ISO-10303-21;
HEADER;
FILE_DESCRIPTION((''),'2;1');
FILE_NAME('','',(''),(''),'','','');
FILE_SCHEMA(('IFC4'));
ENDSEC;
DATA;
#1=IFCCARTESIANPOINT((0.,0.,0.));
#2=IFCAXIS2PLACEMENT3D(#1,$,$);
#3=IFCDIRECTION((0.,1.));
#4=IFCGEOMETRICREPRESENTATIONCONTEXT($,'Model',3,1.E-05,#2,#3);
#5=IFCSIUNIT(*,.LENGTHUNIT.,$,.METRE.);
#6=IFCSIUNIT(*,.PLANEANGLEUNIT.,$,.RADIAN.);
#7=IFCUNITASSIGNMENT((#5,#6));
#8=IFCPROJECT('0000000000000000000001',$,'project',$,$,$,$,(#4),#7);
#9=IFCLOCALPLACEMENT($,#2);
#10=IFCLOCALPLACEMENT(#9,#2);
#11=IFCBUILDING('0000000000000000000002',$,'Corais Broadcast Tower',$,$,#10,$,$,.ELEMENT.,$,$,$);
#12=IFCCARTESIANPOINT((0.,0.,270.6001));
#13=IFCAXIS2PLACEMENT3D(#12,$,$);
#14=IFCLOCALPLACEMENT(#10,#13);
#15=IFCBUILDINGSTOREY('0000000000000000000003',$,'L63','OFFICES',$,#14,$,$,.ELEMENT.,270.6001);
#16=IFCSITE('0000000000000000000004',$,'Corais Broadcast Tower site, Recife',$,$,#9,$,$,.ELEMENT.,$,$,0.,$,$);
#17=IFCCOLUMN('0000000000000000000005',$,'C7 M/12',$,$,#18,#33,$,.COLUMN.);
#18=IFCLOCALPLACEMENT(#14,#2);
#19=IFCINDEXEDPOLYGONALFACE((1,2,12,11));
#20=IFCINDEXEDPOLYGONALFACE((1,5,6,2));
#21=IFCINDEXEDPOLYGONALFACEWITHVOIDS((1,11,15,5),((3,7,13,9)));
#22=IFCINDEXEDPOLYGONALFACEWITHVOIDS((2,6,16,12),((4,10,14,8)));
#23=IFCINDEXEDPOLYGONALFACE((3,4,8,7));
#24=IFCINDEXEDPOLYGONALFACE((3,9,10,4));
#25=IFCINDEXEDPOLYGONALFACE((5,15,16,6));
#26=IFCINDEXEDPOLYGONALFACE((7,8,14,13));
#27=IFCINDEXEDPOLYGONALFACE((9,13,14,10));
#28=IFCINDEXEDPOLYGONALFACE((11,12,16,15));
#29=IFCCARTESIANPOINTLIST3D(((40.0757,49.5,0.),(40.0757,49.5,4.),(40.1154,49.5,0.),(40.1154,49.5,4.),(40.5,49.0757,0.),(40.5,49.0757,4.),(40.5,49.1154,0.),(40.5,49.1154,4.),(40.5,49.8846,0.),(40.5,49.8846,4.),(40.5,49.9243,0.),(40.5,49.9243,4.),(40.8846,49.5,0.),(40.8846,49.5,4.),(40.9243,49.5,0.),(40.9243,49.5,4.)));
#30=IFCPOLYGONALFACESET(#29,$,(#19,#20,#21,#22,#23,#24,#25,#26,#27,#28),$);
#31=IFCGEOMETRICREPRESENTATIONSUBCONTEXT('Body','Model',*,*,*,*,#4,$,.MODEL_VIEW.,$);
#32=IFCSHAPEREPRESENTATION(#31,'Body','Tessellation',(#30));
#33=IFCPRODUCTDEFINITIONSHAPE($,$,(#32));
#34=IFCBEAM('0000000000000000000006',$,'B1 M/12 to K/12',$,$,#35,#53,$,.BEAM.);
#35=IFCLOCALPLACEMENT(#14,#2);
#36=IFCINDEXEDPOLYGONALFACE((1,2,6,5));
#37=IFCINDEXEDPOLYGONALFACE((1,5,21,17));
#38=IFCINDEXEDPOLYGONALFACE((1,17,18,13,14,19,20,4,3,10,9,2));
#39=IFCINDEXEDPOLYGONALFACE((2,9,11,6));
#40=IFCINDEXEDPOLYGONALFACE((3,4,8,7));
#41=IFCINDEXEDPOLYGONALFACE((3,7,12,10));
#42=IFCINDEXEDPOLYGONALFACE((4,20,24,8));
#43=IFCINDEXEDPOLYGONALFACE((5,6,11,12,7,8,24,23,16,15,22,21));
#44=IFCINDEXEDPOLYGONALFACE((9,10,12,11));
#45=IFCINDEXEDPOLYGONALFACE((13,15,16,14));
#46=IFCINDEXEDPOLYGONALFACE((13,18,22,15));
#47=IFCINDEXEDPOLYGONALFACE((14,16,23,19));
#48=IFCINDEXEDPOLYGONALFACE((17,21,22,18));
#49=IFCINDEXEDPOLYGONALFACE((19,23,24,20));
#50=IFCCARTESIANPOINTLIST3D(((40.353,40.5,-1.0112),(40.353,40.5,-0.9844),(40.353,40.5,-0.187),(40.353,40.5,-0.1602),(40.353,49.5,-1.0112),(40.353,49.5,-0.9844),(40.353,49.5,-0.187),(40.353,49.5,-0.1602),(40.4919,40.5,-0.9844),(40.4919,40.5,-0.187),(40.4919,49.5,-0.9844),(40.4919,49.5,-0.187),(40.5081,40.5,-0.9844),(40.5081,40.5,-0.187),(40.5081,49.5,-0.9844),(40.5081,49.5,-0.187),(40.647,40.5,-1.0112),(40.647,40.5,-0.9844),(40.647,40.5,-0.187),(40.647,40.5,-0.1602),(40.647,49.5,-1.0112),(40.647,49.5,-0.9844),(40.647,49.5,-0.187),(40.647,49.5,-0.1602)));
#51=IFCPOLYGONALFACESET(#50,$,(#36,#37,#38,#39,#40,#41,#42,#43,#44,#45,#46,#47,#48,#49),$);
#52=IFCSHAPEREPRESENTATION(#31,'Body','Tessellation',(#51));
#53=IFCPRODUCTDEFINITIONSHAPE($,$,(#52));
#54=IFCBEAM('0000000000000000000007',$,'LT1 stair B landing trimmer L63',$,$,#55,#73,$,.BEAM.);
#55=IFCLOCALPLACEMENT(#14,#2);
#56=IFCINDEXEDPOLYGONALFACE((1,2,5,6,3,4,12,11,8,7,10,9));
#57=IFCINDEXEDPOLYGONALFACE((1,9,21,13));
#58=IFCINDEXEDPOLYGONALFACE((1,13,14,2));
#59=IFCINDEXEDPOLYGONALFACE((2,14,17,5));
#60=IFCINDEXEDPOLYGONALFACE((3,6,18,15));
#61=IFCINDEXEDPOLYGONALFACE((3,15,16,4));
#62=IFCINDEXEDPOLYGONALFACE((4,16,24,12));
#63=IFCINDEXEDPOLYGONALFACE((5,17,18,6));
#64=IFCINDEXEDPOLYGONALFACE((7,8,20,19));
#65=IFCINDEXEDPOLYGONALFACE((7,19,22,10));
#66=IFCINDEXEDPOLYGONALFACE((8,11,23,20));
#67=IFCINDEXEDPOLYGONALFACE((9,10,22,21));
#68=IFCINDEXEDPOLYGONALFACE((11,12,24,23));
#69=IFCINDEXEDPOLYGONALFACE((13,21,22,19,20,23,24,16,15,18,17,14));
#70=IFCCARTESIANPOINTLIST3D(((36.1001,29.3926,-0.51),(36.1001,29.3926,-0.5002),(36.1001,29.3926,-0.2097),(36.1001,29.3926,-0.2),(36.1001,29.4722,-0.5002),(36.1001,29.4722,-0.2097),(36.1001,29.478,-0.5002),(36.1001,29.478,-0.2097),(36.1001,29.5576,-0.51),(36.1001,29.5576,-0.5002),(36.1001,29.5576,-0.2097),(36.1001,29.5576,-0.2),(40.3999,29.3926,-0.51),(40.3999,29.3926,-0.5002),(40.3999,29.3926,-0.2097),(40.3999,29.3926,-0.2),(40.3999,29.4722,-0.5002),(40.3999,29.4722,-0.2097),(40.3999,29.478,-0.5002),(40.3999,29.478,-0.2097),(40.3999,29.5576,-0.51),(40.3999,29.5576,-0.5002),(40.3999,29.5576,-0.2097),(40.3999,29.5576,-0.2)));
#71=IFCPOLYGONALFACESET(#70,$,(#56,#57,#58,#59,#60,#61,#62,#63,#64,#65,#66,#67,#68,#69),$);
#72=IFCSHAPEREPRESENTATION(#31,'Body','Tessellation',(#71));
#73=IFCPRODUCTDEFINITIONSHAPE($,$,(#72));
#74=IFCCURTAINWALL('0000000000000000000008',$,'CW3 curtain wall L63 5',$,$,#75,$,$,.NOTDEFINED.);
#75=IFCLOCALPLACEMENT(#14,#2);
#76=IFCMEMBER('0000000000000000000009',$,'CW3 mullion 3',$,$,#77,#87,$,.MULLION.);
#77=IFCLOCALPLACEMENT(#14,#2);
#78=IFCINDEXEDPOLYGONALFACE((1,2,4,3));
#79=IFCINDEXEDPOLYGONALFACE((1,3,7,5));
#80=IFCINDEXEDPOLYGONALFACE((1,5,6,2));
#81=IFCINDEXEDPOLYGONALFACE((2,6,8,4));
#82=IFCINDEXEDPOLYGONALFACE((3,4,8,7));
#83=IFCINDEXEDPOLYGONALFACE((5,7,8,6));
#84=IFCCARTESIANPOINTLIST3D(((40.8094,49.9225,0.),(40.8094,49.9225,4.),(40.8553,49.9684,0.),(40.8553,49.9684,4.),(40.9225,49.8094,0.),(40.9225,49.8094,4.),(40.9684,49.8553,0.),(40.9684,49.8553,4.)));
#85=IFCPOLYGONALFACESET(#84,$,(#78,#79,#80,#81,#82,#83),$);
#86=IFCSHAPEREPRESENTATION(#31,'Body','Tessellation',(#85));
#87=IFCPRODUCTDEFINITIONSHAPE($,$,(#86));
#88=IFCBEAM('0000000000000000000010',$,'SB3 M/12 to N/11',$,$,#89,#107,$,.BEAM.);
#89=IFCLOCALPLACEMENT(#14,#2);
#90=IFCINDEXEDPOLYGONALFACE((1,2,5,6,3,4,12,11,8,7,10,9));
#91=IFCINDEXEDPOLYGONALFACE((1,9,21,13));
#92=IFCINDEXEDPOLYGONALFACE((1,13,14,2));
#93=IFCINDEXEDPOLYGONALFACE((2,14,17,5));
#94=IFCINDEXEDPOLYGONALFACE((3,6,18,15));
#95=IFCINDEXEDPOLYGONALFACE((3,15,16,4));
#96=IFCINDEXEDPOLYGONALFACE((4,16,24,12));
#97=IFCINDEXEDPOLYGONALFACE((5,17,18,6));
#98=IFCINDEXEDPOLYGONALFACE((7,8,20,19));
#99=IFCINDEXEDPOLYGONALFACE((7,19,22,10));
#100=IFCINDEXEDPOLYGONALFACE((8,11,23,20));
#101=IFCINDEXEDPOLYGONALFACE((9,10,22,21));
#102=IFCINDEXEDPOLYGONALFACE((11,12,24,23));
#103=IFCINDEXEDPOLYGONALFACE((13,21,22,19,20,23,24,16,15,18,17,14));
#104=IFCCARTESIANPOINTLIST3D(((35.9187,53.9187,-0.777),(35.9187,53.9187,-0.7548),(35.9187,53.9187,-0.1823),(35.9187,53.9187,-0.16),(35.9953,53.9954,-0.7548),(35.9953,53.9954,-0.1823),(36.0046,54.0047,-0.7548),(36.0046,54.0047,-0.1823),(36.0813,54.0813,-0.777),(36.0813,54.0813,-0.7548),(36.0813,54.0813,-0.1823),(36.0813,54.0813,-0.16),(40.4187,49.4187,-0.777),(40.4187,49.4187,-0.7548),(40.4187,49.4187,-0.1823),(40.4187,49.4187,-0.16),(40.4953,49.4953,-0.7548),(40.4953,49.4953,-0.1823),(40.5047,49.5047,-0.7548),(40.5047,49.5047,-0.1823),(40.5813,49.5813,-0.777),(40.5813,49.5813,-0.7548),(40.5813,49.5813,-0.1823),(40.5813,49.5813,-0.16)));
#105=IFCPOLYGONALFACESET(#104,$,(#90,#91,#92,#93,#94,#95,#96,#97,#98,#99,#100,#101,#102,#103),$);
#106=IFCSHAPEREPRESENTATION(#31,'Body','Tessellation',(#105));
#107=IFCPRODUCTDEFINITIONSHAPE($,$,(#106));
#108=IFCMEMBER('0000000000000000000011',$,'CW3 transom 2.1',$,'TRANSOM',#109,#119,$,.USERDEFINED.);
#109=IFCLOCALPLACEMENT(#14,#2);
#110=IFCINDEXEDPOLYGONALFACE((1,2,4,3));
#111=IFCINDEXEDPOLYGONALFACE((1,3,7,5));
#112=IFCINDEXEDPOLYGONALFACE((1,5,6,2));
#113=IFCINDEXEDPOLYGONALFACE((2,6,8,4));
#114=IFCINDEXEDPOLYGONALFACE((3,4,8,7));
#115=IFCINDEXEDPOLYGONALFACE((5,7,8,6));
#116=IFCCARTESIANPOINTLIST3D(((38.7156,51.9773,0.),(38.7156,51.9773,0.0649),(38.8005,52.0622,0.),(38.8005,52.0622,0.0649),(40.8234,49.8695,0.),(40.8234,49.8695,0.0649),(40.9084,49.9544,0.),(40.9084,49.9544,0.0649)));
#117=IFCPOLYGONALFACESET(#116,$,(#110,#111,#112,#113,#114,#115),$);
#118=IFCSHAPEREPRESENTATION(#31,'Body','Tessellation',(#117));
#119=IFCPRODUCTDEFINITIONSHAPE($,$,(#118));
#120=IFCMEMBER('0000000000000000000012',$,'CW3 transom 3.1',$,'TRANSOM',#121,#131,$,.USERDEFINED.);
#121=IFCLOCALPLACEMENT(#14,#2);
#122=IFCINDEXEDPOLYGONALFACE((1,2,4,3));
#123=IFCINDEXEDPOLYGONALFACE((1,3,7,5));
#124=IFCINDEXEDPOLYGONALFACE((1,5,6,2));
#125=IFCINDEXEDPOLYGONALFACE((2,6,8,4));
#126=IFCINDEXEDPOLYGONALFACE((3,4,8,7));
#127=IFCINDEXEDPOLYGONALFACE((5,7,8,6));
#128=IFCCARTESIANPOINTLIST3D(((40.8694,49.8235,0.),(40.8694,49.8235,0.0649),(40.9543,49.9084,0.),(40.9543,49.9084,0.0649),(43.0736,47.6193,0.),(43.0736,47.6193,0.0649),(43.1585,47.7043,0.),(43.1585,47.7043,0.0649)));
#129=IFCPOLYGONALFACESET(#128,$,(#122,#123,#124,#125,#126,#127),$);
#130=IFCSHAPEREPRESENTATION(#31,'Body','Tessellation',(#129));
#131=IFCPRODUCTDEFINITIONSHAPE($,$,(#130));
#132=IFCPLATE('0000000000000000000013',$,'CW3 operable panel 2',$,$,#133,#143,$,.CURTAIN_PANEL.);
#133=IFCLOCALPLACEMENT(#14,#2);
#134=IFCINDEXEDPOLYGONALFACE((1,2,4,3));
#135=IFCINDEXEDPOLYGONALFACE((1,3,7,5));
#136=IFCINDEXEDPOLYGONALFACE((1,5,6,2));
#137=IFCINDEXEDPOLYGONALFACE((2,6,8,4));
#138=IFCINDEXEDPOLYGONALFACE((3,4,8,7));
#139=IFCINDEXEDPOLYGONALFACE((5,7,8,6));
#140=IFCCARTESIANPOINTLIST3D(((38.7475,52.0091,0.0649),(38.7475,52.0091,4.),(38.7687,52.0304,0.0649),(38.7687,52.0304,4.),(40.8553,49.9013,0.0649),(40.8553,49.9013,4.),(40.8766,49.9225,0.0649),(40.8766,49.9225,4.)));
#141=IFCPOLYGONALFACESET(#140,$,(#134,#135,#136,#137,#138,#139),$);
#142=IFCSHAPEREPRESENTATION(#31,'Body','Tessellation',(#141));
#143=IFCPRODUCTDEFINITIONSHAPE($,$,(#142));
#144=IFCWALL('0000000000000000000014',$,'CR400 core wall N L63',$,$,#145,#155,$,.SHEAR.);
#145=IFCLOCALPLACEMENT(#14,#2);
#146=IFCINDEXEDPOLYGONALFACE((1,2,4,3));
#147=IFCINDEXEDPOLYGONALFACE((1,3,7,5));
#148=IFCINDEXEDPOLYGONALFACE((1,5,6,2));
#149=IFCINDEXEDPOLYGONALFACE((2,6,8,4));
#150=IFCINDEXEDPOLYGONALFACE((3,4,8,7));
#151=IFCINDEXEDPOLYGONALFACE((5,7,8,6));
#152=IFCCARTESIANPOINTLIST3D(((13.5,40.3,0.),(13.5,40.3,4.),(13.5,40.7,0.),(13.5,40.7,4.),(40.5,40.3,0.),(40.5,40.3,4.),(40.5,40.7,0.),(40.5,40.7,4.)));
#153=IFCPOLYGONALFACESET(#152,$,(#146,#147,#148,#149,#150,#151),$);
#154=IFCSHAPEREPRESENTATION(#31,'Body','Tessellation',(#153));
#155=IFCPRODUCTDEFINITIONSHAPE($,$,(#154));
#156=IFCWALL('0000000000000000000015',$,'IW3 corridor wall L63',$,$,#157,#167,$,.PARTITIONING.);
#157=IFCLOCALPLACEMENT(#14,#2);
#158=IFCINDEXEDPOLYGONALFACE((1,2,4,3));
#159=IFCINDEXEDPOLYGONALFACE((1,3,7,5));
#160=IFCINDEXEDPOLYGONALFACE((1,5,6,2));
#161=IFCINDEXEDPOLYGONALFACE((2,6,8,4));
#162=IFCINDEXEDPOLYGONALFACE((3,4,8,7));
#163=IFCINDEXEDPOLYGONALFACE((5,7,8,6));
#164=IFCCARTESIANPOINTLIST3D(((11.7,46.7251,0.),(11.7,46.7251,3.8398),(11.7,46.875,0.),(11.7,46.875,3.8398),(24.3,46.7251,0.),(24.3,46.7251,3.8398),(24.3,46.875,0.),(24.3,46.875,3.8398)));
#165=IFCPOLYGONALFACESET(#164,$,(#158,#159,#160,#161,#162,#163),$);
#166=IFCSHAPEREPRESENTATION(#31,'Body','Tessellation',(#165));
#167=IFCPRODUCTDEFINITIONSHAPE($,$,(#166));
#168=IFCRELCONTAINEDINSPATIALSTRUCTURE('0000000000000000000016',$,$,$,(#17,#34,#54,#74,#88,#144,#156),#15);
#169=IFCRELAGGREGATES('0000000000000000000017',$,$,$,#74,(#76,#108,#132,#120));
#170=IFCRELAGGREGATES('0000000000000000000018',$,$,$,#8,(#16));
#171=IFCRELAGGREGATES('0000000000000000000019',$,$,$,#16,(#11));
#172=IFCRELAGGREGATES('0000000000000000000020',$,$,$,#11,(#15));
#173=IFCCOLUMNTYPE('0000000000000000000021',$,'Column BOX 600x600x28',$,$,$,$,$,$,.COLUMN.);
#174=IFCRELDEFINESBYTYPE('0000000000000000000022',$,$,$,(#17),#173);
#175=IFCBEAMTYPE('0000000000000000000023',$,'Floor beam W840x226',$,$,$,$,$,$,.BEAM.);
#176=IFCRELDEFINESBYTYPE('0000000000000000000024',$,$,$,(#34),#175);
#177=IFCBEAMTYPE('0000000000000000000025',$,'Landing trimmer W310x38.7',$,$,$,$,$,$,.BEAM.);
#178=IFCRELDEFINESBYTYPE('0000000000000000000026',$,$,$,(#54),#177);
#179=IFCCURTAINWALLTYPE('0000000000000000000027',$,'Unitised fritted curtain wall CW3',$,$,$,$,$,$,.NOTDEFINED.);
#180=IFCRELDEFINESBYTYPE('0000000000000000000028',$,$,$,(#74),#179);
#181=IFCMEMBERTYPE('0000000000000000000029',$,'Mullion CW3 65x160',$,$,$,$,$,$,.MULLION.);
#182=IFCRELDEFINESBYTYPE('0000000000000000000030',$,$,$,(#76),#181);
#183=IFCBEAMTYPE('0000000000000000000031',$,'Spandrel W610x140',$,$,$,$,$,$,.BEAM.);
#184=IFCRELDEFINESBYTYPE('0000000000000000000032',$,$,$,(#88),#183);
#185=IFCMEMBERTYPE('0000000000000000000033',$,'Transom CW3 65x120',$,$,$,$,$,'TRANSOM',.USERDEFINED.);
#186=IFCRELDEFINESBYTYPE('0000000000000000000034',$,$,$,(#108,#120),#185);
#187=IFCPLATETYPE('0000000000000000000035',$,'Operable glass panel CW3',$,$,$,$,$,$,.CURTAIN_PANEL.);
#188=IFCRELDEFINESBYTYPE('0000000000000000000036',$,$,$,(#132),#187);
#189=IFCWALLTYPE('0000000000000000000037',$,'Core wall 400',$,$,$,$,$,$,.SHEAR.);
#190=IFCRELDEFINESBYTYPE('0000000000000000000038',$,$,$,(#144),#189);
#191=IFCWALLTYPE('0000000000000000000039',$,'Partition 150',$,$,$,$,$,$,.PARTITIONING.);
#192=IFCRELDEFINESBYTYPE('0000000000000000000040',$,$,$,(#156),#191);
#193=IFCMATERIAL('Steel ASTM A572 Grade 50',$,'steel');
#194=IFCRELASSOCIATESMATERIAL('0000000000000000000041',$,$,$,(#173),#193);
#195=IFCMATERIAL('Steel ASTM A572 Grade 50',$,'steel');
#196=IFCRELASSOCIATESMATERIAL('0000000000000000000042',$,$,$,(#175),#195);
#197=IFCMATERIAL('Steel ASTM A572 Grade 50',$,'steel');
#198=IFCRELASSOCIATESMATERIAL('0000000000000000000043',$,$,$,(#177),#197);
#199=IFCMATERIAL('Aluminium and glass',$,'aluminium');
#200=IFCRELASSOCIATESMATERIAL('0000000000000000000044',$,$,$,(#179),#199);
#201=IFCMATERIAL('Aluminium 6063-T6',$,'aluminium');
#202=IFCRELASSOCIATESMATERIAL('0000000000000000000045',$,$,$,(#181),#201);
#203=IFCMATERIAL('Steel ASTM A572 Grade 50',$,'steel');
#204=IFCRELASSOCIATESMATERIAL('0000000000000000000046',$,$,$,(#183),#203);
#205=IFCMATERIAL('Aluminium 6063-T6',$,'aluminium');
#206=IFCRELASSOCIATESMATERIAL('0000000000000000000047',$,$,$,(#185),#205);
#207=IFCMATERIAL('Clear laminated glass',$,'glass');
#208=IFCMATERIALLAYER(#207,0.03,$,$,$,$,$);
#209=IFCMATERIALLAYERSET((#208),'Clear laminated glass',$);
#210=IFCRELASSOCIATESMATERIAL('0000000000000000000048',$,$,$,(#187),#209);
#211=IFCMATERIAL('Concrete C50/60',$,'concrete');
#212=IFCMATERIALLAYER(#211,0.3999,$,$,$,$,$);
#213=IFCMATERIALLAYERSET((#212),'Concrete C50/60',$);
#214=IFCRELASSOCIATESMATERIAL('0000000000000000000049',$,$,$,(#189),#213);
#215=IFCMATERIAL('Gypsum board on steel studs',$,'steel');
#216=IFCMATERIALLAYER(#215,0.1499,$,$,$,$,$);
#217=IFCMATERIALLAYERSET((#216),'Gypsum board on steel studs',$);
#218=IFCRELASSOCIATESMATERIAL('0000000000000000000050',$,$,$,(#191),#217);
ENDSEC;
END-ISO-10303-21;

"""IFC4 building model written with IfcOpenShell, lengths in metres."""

from ifc_helpers import new_model, si_unit, direction, frame, frame_2d, origin, origin_2d, place, context, subcontext, project, spatial, rectangle, hollow_rectangle, i_section, extrude, material, layer, layer_set, material_profile, profile_set, type_object, element, aggregate, save


model = new_model("IFC4")

# Units and contexts
model_context = context("Model", 3, precision=1e-05, world=origin(), true_north=direction((0.0, 1.0)))
body_context = subcontext(model_context, "Body", "Model", "MODEL_VIEW")
ifc_project = project(units=[si_unit("LENGTHUNIT", "METRE"), si_unit("PLANEANGLEUNIT", "RADIAN")], contexts=[model_context])

# Site, building, storey
site_placement = place(None, origin())
site = spatial("IfcSite", under=ifc_project, at=site_placement, Name="Corais Broadcast Tower site, Recife", CompositionType="ELEMENT", RefElevation=0.0)
building_placement = place(site_placement, origin())
building = spatial("IfcBuilding", under=site, at=building_placement, Name="Corais Broadcast Tower", CompositionType="ELEMENT")
storey_placement = place(building_placement, frame((0.0, 0.0, 270.6001)))
storey = spatial("IfcBuildingStorey", under=building, at=storey_placement, Name="L63", Description="OFFICES", CompositionType="ELEMENT", Elevation=270.6001)

# Column
ifc_material_1 = material(Name="Steel ASTM A572 Grade 50", Category="steel")
ifc_material_profile_1 = material_profile(ifc_material_1, hollow_rectangle(XDim=0.6001, YDim=0.6001, WallThickness=0.0281, at=origin_2d()), Name="BOX 600x600x28")
ifc_profile_set_1 = profile_set([ifc_material_profile_1], Name="Steel ASTM A572 Grade 50")
column_type = type_object("IfcColumnType", Name="Column BOX 600x600x28", PredefinedType="COLUMN", material=ifc_profile_set_1)
column_placement = place(storey_placement, frame((40.5, 49.5, 0.0), z_axis=(0.0, 0.0, 1.0), x_axis=(0.707107, 0.707107, 0.0)))
element("IfcColumn", 1, at=column_placement, inside=storey, type_object=column_type, Name="C7 M/12", PredefinedType="COLUMN", context=body_context, shape_type="SweptSolid", body=[
    extrude(hollow_rectangle(XDim=0.6001, YDim=0.6001, WallThickness=0.0281, at=origin_2d()), origin(), (0.0, 0.0, 1.0), 4.0),
])

# Beams
ifc_material_2 = material(Name="Steel ASTM A572 Grade 50", Category="steel")
ifc_material_profile_2 = material_profile(ifc_material_2, i_section(OverallWidth=0.2939, OverallDepth=0.8511, WebThickness=0.0161, FlangeThickness=0.0269, at=origin_2d()), Name="W840x226")
ifc_profile_set_2 = profile_set([ifc_material_profile_2], Name="Steel ASTM A572 Grade 50")
beam_type_1 = type_object("IfcBeamType", Name="Floor beam W840x226", PredefinedType="BEAM", material=ifc_profile_set_2)
beam_1_placement = place(storey_placement, frame((40.5, 49.5, -0.5857), z_axis=(0.0, -1.0, 0.0), x_axis=(1.0, 0.0, 0.0)))
element("IfcBeam", 2, at=beam_1_placement, inside=storey, type_object=beam_type_1, Name="B1 M/12 to K/12", PredefinedType="BEAM", context=body_context, shape_type="SweptSolid", body=[
    extrude(i_section(OverallWidth=0.2939, OverallDepth=0.8511, WebThickness=0.0161, FlangeThickness=0.0269, at=origin_2d()), origin(), (0.0, 0.0, 1.0), 9.0),
])
ifc_material_3 = material(Name="Steel ASTM A572 Grade 50", Category="steel")
ifc_material_profile_3 = material_profile(ifc_material_3, i_section(OverallWidth=0.165, OverallDepth=0.3101, WebThickness=0.0059, FlangeThickness=0.0098, at=origin_2d()), Name="W310x38.7")
ifc_profile_set_3 = profile_set([ifc_material_profile_3], Name="Steel ASTM A572 Grade 50")
beam_type_2 = type_object("IfcBeamType", Name="Landing trimmer W310x38.7", PredefinedType="BEAM", material=ifc_profile_set_3)
beam_2_placement = place(storey_placement, frame((36.1001, 29.4751, -0.355), z_axis=(1.0, 0.0, 0.0), x_axis=(0.0, 1.0, 0.0)))
element("IfcBeam", 3, at=beam_2_placement, inside=storey, type_object=beam_type_2, Name="LT1 stair B landing trimmer L63", PredefinedType="BEAM", context=body_context, shape_type="SweptSolid", body=[
    extrude(i_section(OverallWidth=0.165, OverallDepth=0.3101, WebThickness=0.0059, FlangeThickness=0.0098, at=origin_2d()), origin(), (0.0, 0.0, 1.0), 4.2998),
])

# Curtain wall, member
ifc_material_4 = material(Name="Aluminium and glass", Category="aluminium")
curtain_wall_type = type_object("IfcCurtainWallType", Name="Unitised fritted curtain wall CW3", PredefinedType="NOTDEFINED", material=ifc_material_4)
curtain_wall_placement = place(storey_placement, origin())
curtain_wall = element("IfcCurtainWall", 4, at=curtain_wall_placement, inside=storey, type_object=curtain_wall_type, Name="CW3 curtain wall L63 5", PredefinedType="NOTDEFINED")
ifc_material_5 = material(Name="Aluminium 6063-T6", Category="aluminium")
ifc_material_profile_4 = material_profile(ifc_material_5, rectangle(XDim=0.0649, YDim=0.1599, at=origin_2d()), Name="Mullion CW3 65x160")
ifc_profile_set_4 = profile_set([ifc_material_profile_4], Name="Aluminium 6063-T6")
member_type_1 = type_object("IfcMemberType", Name="Mullion CW3 65x160", PredefinedType="MULLION", material=ifc_profile_set_4)
member_1_placement = place(storey_placement, frame((40.8889, 49.8889, 0.0), z_axis=(0.0, 0.0, 1.0), x_axis=(0.707107, 0.707107, 0.0)))
member_1 = element("IfcMember", 5, at=member_1_placement, type_object=member_type_1, Name="CW3 mullion 3", PredefinedType="MULLION", context=body_context, shape_type="SweptSolid", body=[
    extrude(rectangle(XDim=0.0649, YDim=0.1599, at=origin_2d()), origin(), (0.0, 0.0, 1.0), 4.0),
])

# Beam
ifc_material_6 = material(Name="Steel ASTM A572 Grade 50", Category="steel")
ifc_material_profile_5 = material_profile(ifc_material_6, i_section(OverallWidth=0.23, OverallDepth=0.6169, WebThickness=0.0132, FlangeThickness=0.0222, at=origin_2d()), Name="W610x140")
ifc_profile_set_5 = profile_set([ifc_material_profile_5], Name="Steel ASTM A572 Grade 50")
beam_type_3 = type_object("IfcBeamType", Name="Spandrel W610x140", PredefinedType="BEAM", material=ifc_profile_set_5)
beam_3_placement = place(storey_placement, frame((40.5, 49.5, -0.4685), z_axis=(-0.707107, 0.707107, 0.0), x_axis=(-0.707107, -0.707107, 0.0)))
element("IfcBeam", 6, at=beam_3_placement, inside=storey, type_object=beam_type_3, Name="SB3 M/12 to N/11", PredefinedType="BEAM", context=body_context, shape_type="SweptSolid", body=[
    extrude(i_section(OverallWidth=0.23, OverallDepth=0.6169, WebThickness=0.0132, FlangeThickness=0.0222, at=origin_2d()), origin(), (0.0, 0.0, 1.0), 6.364),
])

# Members
ifc_material_7 = material(Name="Aluminium 6063-T6", Category="aluminium")
ifc_material_profile_6 = material_profile(ifc_material_7, rectangle(XDim=0.1201, YDim=0.0649, at=origin_2d()), Name="Transom CW3 65x120")
ifc_profile_set_6 = profile_set([ifc_material_profile_6], Name="Aluminium 6063-T6")
member_type_2 = type_object("IfcMemberType", Name="Transom CW3 65x120", ElementType="TRANSOM", PredefinedType="USERDEFINED", material=ifc_profile_set_6)
member_2_placement = place(storey_placement, frame((38.7581, 52.0198, 0.0325), z_axis=(0.707107, -0.707107, 0.0), x_axis=(0.707107, 0.707107, 0.0)))
member_2 = element("IfcMember", 7, at=member_2_placement, type_object=member_type_2, Name="CW3 transom 2.1", ObjectType="TRANSOM", PredefinedType="USERDEFINED", context=body_context, shape_type="SweptSolid", body=[
    extrude(rectangle(XDim=0.1201, YDim=0.0649, at=origin_2d()), origin(), (0.0, 0.0, 1.0), 2.981),
])
member_3_placement = place(storey_placement, frame((40.9119, 49.866, 0.0325), z_axis=(0.707107, -0.707107, 0.0), x_axis=(0.707107, 0.707107, 0.0)))
member_3 = element("IfcMember", 8, at=member_3_placement, type_object=member_type_2, Name="CW3 transom 3.1", ObjectType="TRANSOM", PredefinedType="USERDEFINED", context=body_context, shape_type="SweptSolid", body=[
    extrude(rectangle(XDim=0.1201, YDim=0.0649, at=origin_2d()), origin(), (0.0, 0.0, 1.0), 3.1172),
])

# Plate
ifc_material_8 = material(Name="Clear laminated glass", Category="glass")
ifc_layer_1 = layer(ifc_material_8, 0.03)
ifc_layer_set_1 = layer_set([ifc_layer_1], Name="Clear laminated glass")
plate_type = type_object("IfcPlateType", Name="Operable glass panel CW3", PredefinedType="CURTAIN_PANEL", material=ifc_layer_set_1)
plate_placement = place(storey_placement, frame((39.812, 50.9658, 0.0649), z_axis=(0.0, 0.0, 1.0), x_axis=(0.707107, -0.707107, 0.0)))
plate = element("IfcPlate", 9, at=plate_placement, type_object=plate_type, Name="CW3 operable panel 2", PredefinedType="CURTAIN_PANEL", context=body_context, shape_type="SweptSolid", body=[
    extrude(rectangle(XDim=2.981, YDim=0.03, at=origin_2d()), origin(), (0.0, 0.0, 1.0), 3.9351),
])
aggregate(curtain_wall, [member_1, member_2, plate, member_3])

# Walls
ifc_material_9 = material(Name="Concrete C50/60", Category="concrete")
ifc_layer_2 = layer(ifc_material_9, 0.3999)
ifc_layer_set_2 = layer_set([ifc_layer_2], Name="Concrete C50/60")
wall_type_1 = type_object("IfcWallType", Name="Core wall 400", PredefinedType="SHEAR", material=ifc_layer_set_2)
wall_1_placement = place(storey_placement, frame((40.5, 40.5, 0.0), z_axis=(0.0, 0.0, 1.0), x_axis=(-1.0, 0.0, 0.0)))
element("IfcWall", 10, at=wall_1_placement, inside=storey, type_object=wall_type_1, Name="CR400 core wall N L63", PredefinedType="SHEAR", context=body_context, shape_type="SweptSolid", body=[
    extrude(rectangle(XDim=27.0, YDim=0.3999, at=frame_2d((13.5, 0.0))), origin(), (0.0, 0.0, 1.0), 4.0),
])
ifc_material_10 = material(Name="Gypsum board on steel studs", Category="steel")
ifc_layer_3 = layer(ifc_material_10, 0.1499)
ifc_layer_set_3 = layer_set([ifc_layer_3], Name="Gypsum board on steel studs")
wall_type_2 = type_object("IfcWallType", Name="Partition 150", PredefinedType="PARTITIONING", material=ifc_layer_set_3)
wall_2_placement = place(storey_placement, frame((24.3, 46.8, 0.0), z_axis=(0.0, 0.0, 1.0), x_axis=(-1.0, 0.0, 0.0)))
element("IfcWall", 11, at=wall_2_placement, inside=storey, type_object=wall_type_2, Name="IW3 corridor wall L63", PredefinedType="PARTITIONING", context=body_context, shape_type="SweptSolid", body=[
    extrude(rectangle(XDim=12.6001, YDim=0.1499, at=frame_2d((6.3, 0.0))), origin(), (0.0, 0.0, 1.0), 3.8398),
])

save(model, "model.ifc")
